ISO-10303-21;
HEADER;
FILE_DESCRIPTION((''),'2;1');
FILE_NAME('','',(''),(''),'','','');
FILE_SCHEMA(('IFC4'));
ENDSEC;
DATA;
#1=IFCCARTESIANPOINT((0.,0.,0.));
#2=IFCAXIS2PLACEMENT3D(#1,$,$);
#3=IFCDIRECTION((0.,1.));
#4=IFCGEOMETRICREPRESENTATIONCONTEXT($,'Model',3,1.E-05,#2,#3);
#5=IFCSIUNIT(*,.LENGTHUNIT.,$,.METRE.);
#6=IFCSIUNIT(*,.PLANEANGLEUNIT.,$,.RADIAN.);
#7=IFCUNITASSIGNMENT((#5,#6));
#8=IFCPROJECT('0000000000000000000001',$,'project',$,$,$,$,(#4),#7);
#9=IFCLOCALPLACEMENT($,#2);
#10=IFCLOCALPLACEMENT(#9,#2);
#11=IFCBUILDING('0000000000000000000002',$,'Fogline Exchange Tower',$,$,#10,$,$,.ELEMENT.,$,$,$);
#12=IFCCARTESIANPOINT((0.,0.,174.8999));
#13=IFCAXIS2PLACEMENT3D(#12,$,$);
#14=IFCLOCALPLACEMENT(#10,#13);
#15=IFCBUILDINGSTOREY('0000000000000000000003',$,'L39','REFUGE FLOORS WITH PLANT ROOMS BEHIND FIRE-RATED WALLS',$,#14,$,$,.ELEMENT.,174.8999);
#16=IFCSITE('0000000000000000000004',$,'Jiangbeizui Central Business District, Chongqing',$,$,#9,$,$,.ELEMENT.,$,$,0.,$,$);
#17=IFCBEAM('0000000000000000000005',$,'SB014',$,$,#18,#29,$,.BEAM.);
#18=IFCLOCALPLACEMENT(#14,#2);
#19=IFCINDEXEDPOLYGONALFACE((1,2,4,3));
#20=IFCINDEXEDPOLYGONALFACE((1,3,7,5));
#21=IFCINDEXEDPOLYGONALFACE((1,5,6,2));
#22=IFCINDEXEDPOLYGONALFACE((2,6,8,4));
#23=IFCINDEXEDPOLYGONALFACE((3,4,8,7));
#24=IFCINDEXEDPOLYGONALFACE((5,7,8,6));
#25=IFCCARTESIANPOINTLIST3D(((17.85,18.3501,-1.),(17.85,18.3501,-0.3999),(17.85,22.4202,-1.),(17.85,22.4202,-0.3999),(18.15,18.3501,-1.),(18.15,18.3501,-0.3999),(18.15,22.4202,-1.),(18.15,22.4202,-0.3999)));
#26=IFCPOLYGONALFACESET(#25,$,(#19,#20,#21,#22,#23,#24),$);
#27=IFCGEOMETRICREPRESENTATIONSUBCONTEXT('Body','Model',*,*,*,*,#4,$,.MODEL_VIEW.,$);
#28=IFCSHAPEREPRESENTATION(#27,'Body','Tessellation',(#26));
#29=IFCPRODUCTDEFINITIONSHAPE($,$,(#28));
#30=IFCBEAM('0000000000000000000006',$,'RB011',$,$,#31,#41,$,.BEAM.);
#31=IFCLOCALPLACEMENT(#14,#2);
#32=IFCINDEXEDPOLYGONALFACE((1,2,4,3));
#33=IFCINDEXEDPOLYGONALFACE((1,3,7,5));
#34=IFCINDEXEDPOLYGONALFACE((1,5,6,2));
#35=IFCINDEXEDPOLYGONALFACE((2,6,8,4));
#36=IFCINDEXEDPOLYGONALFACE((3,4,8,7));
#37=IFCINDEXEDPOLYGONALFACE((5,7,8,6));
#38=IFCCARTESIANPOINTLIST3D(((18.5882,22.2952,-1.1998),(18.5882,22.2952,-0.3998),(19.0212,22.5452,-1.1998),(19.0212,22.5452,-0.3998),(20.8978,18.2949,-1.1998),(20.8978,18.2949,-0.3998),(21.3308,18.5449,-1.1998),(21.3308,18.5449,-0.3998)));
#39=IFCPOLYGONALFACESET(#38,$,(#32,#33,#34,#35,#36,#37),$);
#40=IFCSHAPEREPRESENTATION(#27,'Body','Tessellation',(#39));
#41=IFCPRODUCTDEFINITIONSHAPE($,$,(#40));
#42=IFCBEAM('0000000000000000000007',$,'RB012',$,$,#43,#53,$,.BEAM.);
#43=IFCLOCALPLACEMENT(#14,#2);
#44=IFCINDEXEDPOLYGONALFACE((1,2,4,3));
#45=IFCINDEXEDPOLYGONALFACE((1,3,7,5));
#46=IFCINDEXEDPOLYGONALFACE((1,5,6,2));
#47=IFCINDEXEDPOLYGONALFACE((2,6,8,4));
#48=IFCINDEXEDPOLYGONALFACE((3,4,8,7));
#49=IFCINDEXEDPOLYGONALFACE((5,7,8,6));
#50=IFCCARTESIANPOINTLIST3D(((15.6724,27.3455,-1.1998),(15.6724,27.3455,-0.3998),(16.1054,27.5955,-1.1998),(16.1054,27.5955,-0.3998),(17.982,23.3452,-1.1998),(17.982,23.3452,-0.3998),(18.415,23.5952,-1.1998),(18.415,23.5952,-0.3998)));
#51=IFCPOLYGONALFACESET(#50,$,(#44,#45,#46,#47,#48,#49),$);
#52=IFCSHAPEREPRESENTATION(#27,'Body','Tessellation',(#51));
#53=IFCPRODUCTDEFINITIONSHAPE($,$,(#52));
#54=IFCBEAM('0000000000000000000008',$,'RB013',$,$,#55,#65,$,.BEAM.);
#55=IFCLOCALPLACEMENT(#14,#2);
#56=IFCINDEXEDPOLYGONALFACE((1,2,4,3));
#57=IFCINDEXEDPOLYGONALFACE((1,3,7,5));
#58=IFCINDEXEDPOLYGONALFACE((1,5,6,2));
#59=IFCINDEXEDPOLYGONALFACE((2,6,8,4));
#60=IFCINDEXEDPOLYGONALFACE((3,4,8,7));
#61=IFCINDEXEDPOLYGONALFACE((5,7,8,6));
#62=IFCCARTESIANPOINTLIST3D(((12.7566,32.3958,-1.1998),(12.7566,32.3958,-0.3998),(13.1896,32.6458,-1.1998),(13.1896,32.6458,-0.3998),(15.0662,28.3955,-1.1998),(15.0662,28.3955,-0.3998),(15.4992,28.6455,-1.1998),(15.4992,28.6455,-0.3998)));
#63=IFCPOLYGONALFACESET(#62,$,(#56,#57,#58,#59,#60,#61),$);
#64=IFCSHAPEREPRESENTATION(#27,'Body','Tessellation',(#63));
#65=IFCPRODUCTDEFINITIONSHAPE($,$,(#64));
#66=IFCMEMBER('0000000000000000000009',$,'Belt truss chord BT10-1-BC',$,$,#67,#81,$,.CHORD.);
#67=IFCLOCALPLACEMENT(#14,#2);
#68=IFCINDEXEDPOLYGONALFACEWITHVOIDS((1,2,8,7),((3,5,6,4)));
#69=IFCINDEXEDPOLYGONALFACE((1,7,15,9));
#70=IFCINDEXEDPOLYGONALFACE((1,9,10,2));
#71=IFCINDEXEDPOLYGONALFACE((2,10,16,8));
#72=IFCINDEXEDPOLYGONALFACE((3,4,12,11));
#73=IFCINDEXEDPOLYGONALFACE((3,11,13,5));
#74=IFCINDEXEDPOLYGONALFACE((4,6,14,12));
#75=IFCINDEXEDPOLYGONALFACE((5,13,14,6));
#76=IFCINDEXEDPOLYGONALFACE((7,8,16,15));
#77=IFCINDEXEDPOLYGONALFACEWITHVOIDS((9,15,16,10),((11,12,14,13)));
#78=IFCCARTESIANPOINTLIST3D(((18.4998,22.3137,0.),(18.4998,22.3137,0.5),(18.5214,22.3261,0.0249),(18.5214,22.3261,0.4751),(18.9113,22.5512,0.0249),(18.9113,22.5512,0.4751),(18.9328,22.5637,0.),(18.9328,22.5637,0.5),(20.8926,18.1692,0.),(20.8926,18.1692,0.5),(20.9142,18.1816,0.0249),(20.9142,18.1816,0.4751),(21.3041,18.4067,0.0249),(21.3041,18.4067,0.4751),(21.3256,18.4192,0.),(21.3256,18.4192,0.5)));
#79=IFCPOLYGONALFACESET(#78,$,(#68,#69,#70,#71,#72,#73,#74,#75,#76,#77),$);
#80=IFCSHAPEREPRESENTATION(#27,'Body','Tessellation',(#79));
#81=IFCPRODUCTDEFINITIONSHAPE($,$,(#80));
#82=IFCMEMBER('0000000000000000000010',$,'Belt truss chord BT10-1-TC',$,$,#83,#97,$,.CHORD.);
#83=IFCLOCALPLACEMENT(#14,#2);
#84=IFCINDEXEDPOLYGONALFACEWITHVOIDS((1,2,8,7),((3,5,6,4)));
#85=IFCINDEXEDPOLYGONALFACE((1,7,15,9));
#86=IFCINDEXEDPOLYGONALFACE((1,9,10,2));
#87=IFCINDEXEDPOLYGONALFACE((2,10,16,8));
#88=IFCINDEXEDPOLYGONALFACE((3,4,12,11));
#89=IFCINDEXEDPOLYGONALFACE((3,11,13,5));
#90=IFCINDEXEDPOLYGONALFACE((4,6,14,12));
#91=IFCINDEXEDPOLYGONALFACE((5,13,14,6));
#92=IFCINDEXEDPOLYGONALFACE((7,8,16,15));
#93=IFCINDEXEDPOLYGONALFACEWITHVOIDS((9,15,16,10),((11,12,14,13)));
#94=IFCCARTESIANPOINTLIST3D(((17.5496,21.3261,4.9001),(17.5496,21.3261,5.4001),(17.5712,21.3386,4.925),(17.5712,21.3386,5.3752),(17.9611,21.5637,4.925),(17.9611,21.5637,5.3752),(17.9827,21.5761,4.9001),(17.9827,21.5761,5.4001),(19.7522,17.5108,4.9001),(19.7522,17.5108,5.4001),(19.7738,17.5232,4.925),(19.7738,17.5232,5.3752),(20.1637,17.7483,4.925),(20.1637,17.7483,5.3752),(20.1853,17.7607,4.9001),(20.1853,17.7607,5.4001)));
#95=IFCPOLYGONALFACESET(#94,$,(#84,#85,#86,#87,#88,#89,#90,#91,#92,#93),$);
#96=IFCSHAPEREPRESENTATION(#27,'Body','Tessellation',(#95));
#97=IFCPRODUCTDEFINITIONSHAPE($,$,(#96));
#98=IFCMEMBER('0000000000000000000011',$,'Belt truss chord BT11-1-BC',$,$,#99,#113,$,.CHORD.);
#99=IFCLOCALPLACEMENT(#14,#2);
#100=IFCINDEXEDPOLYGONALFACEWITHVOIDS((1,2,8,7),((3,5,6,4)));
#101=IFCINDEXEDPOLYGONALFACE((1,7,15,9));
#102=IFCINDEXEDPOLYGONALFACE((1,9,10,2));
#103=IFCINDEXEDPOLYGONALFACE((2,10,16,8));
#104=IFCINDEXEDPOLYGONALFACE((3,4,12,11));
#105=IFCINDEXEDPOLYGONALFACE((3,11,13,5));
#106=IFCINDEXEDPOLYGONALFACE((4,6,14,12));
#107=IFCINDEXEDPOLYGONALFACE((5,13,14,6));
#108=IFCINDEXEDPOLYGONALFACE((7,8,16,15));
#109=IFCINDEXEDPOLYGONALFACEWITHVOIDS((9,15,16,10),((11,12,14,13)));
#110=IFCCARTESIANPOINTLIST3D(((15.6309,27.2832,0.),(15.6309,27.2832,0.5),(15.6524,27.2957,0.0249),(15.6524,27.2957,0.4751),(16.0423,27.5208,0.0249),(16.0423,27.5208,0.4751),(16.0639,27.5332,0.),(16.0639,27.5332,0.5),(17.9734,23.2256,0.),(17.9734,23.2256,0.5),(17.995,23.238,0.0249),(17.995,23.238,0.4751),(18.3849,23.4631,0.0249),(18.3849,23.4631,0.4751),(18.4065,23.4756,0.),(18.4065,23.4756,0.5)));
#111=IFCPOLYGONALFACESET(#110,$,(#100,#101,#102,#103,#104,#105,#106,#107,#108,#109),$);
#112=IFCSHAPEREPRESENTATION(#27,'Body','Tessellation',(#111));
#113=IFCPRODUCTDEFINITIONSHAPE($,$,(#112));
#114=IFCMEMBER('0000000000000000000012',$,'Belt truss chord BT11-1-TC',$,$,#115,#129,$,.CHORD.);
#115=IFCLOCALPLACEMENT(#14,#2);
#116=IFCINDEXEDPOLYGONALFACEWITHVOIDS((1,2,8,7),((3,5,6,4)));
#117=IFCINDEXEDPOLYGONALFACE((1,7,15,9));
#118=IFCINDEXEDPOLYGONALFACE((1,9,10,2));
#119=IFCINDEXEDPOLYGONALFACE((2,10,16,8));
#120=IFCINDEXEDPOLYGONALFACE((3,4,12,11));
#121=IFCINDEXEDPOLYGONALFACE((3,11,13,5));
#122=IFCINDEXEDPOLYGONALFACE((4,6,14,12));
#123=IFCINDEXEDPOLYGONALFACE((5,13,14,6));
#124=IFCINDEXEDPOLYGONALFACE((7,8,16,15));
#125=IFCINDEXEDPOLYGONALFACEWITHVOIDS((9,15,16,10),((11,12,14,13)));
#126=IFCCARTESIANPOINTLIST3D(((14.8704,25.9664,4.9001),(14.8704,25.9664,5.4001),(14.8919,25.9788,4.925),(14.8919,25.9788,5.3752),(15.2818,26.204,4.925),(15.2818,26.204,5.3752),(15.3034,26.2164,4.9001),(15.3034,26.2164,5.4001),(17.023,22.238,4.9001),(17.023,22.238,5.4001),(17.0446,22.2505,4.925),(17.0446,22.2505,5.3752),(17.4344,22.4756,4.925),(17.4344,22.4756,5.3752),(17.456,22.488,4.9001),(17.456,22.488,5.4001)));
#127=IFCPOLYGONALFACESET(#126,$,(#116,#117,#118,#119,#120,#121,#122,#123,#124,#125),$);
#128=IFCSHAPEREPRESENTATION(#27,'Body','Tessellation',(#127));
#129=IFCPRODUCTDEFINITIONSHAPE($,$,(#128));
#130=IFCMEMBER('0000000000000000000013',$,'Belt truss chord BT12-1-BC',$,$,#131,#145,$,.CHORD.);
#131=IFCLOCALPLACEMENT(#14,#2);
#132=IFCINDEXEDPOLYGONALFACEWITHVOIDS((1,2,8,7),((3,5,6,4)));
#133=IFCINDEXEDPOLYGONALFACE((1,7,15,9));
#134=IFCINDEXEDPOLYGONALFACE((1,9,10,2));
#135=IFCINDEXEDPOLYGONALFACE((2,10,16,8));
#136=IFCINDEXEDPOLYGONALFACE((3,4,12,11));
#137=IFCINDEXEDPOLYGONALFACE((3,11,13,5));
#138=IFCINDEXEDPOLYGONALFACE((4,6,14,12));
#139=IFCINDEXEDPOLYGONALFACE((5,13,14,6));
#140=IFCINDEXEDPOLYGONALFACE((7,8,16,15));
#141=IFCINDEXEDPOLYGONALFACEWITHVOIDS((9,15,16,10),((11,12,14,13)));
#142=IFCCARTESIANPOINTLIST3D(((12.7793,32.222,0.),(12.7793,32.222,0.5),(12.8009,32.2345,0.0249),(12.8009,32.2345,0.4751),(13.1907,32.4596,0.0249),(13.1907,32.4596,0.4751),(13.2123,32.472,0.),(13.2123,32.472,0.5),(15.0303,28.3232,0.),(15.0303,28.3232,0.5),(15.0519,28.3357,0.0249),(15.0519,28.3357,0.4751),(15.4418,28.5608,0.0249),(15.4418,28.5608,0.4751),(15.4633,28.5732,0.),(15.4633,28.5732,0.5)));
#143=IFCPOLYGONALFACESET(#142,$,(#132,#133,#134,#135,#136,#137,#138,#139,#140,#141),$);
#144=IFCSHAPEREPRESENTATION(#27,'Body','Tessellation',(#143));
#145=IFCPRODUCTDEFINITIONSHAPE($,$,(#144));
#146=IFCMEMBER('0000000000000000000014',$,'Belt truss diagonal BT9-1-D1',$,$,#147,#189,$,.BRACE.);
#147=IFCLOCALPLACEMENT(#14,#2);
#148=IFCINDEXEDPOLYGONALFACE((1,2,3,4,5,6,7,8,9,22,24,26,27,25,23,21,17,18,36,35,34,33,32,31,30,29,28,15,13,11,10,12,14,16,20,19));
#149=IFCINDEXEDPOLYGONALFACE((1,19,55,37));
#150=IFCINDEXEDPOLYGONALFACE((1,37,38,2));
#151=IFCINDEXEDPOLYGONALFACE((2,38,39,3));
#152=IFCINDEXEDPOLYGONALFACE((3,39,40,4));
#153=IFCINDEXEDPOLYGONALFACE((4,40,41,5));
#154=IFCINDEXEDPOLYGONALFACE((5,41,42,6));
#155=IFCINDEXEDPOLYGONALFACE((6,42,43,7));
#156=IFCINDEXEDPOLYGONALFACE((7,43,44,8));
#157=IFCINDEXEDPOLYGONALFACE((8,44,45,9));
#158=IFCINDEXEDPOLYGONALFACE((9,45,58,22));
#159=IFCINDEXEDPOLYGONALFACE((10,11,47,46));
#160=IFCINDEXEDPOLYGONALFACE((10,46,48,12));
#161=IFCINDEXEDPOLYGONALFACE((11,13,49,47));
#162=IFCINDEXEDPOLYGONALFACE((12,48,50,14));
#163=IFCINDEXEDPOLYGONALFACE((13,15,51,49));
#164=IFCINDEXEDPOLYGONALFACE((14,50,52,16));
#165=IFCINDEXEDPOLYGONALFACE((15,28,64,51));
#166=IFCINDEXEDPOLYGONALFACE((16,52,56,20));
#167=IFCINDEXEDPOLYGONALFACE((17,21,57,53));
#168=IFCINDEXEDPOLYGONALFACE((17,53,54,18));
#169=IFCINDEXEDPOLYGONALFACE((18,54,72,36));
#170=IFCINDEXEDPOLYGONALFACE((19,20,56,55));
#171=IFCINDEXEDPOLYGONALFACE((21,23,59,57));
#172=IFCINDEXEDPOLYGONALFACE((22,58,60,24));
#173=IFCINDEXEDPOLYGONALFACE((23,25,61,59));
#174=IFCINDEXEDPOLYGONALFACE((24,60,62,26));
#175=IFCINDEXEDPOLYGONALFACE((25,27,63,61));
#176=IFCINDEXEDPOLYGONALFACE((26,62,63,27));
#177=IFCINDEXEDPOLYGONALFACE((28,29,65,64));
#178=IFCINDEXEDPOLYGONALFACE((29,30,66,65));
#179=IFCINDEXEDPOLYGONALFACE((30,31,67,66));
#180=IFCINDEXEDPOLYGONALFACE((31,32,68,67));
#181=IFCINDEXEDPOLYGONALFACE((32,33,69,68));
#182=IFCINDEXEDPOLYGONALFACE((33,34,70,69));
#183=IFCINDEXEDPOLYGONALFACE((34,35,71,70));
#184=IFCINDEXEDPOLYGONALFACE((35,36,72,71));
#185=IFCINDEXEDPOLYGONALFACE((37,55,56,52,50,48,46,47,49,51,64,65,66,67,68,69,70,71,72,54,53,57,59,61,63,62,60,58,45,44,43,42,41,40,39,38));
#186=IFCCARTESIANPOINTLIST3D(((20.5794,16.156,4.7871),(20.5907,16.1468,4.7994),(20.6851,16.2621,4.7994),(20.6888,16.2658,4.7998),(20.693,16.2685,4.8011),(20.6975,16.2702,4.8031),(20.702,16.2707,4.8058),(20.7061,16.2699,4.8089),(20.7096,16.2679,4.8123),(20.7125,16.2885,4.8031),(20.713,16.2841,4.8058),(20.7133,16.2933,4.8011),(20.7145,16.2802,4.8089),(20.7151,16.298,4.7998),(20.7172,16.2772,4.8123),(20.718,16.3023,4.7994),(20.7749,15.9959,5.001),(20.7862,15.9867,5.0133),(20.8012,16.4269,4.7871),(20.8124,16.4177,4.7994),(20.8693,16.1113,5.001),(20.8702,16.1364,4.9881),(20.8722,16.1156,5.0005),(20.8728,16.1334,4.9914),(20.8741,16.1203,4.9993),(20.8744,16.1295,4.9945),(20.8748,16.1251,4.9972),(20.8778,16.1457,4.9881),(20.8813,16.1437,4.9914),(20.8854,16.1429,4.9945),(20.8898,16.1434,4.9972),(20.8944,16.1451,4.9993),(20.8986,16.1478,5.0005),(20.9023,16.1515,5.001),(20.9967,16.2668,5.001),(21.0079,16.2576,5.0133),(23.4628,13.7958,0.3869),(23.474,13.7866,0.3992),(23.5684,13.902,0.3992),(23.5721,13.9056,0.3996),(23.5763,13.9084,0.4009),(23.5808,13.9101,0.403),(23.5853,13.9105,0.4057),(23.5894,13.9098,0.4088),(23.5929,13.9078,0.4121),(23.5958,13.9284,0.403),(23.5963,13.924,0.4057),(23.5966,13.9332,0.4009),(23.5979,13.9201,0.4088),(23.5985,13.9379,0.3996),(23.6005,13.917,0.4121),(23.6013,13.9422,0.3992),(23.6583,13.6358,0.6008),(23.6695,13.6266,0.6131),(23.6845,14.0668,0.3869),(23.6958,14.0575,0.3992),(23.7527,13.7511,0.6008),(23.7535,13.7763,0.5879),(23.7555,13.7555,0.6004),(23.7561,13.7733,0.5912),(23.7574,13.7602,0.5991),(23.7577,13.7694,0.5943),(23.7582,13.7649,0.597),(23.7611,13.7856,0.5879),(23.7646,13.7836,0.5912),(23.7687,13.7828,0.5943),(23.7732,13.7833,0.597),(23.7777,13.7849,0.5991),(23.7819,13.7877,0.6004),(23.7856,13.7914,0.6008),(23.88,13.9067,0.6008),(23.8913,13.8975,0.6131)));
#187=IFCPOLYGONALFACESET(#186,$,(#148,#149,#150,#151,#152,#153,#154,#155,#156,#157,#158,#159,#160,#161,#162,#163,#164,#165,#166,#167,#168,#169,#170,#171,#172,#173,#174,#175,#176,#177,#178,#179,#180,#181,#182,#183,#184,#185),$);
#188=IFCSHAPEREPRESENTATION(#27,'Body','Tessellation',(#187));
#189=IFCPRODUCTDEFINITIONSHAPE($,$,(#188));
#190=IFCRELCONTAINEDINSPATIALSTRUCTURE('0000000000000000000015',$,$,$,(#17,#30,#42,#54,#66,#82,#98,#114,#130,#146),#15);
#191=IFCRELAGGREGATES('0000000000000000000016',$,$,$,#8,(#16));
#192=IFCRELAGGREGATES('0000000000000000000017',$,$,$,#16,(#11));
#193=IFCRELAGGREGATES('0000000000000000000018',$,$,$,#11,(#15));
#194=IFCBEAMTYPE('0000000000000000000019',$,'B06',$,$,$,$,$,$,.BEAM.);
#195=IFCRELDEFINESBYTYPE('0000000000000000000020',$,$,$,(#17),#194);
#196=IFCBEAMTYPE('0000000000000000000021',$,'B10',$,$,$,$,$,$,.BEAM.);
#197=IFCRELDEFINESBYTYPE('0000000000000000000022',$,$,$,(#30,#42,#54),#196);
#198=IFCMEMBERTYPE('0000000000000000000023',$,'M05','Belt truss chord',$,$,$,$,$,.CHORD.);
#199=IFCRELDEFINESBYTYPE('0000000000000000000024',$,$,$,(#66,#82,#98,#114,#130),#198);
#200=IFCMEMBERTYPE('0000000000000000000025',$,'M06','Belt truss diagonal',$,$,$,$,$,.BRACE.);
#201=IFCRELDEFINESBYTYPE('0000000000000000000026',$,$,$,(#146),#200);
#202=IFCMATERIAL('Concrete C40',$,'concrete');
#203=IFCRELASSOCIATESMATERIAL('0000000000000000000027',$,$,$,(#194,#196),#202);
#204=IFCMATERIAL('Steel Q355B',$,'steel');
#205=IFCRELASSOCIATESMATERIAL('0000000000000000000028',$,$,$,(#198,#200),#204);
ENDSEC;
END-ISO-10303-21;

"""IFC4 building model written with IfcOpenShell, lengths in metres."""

from ifc_helpers import new_model, si_unit, direction, frame, origin, origin_2d, place, context, subcontext, project, spatial, rectangle, hollow_rectangle, i_section, extrude, material, material_profile, profile_set, type_object, element, save


model = new_model("IFC4")

# Units and contexts
model_context = context("Model", 3, precision=1e-05, world=origin(), true_north=direction((0.0, 1.0)))
body_context = subcontext(model_context, "Body", "Model", "MODEL_VIEW")
ifc_project = project(units=[si_unit("LENGTHUNIT", "METRE"), si_unit("PLANEANGLEUNIT", "RADIAN")], contexts=[model_context])

# Site, building, storey
site_placement = place(None, origin())
site = spatial("IfcSite", under=ifc_project, at=site_placement, Name="Jiangbeizui Central Business District, Chongqing", CompositionType="ELEMENT", RefElevation=0.0)
building_placement = place(site_placement, origin())
building = spatial("IfcBuilding", under=site, at=building_placement, Name="Fogline Exchange Tower", CompositionType="ELEMENT")
storey_placement = place(building_placement, frame((0.0, 0.0, 174.8999)))
storey = spatial("IfcBuildingStorey", under=building, at=storey_placement, Name="L39", Description="REFUGE FLOORS WITH PLANT ROOMS BEHIND FIRE-RATED WALLS", CompositionType="ELEMENT", Elevation=174.8999)

# Beams
ifc_material_1 = material(Name="Concrete C40", Category="concrete")
ifc_material_profile_1 = material_profile(ifc_material_1, rectangle(XDim=0.3, YDim=0.6001, at=origin_2d()), Name="RC 300x600")
ifc_profile_set_1 = profile_set([ifc_material_profile_1], Name="Concrete C40")
beam_type_1 = type_object("IfcBeamType", Name="B06", PredefinedType="BEAM", material=ifc_profile_set_1)
beam_placement = place(storey_placement, frame((18.0, 18.3501, -0.7), z_axis=(0.0, 1.0, 0.0), x_axis=(-1.0, 0.0, 0.0)))
element("IfcBeam", 1, at=beam_placement, inside=storey, type_object=beam_type_1, Name="SB014", PredefinedType="BEAM", context=body_context, shape_type="SweptSolid", body=[
    extrude(rectangle(XDim=0.3, YDim=0.6001, at=origin_2d()), origin(), (0.0, 0.0, 1.0), 4.0701),
])
ifc_material_profile_2 = material_profile(ifc_material_1, rectangle(XDim=0.5, YDim=0.8, at=origin_2d()), Name="RC 500x800")
ifc_profile_set_2 = profile_set([ifc_material_profile_2], Name="Concrete C40")
beam_type_2 = type_object("IfcBeamType", Name="B10", PredefinedType="BEAM", material=ifc_profile_set_2)
for number, where, z_axis, x_axis, name in (
    (2, (21.1143, 18.4199, -0.7998), (-0.500005, 0.866023, 0.0), (-0.866023, -0.500005, 0.0), "RB011"),
    (3, (18.1985, 23.4702, -0.7998), (-0.500005, 0.866023, 0.0), (-0.866023, -0.500005, 0.0), "RB012"),
    (4, (15.2827, 28.5205, -0.7998), (-0.500005, 0.866023, 0.0), (-0.866023, -0.500005, 0.0), "RB013"),
):
    element("IfcBeam", number, at=place(storey_placement, frame(where, z_axis=z_axis, x_axis=x_axis)), inside=storey, type_object=beam_type_2, Name=name, PredefinedType="BEAM", context=body_context, shape_type="SweptSolid", body=[
        extrude(rectangle(XDim=0.5, YDim=0.8, at=origin_2d()), origin(), (0.0, 0.0, 1.0), 4.6191),
    ])

# Members
ifc_material_2 = material(Name="Steel Q355B", Category="steel")
ifc_material_profile_3 = material_profile(ifc_material_2, hollow_rectangle(XDim=0.5, YDim=0.5, WallThickness=0.0249, at=origin_2d()), Name="BOX500X500X25")
ifc_profile_set_3 = profile_set([ifc_material_profile_3], Name="Steel Q355B")
member_type_1 = type_object("IfcMemberType", Name="M05", Description="Belt truss chord", PredefinedType="CHORD", material=ifc_profile_set_3)
member_1_placement = place(storey_placement, frame((21.1091, 18.2942, 0.25), z_axis=(-0.499996, 0.866028, 0.0), x_axis=(-0.866028, -0.499996, 0.0)))
element("IfcMember", 5, at=member_1_placement, inside=storey, type_object=member_type_1, Name="Belt truss chord BT10-1-BC", PredefinedType="CHORD", context=body_context, shape_type="SweptSolid", body=[
    extrude(hollow_rectangle(XDim=0.5, YDim=0.5, WallThickness=0.0249, at=origin_2d()), origin(), (0.0, 0.0, 1.0), 4.7856),
])
member_2_placement = place(storey_placement, frame((19.9688, 17.6357, 5.1501), z_axis=(-0.499966, 0.866045, 0.0), x_axis=(-0.866045, -0.499966, 0.0)))
element("IfcMember", 6, at=member_2_placement, inside=storey, type_object=member_type_1, Name="Belt truss chord BT10-1-TC", PredefinedType="CHORD", context=body_context, shape_type="SweptSolid", body=[
    extrude(hollow_rectangle(XDim=0.5, YDim=0.5, WallThickness=0.0249, at=origin_2d()), origin(), (0.0, 0.0, 1.0), 4.4055),
])
member_3_placement = place(storey_placement, frame((18.1899, 23.3506, 0.25), z_axis=(-0.499978, 0.866038, 0.0), x_axis=(-0.866038, -0.499978, 0.0)))
element("IfcMember", 7, at=member_3_placement, inside=storey, type_object=member_type_1, Name="Belt truss chord BT11-1-BC", PredefinedType="CHORD", context=body_context, shape_type="SweptSolid", body=[
    extrude(hollow_rectangle(XDim=0.5, YDim=0.5, WallThickness=0.0249, at=origin_2d()), origin(), (0.0, 0.0, 1.0), 4.6853),
])
member_4_placement = place(storey_placement, frame((17.2395, 22.363, 5.1501), z_axis=(-0.500012, 0.866018, 0.0), x_axis=(-0.866018, -0.500012, 0.0)))
element("IfcMember", 8, at=member_4_placement, inside=storey, type_object=member_type_1, Name="Belt truss chord BT11-1-TC", PredefinedType="CHORD", context=body_context, shape_type="SweptSolid", body=[
    extrude(hollow_rectangle(XDim=0.5, YDim=0.5, WallThickness=0.0249, at=origin_2d()), origin(), (0.0, 0.0, 1.0), 4.3052),
])
member_5_placement = place(storey_placement, frame((15.2468, 28.4482, 0.25), z_axis=(-0.500012, 0.866019, 0.0), x_axis=(-0.866019, -0.500012, 0.0)))
element("IfcMember", 9, at=member_5_placement, inside=storey, type_object=member_type_1, Name="Belt truss chord BT12-1-BC", PredefinedType="CHORD", context=body_context, shape_type="SweptSolid", body=[
    extrude(hollow_rectangle(XDim=0.5, YDim=0.5, WallThickness=0.0249, at=origin_2d()), origin(), (0.0, 0.0, 1.0), 4.502),
])
ifc_material_profile_4 = material_profile(ifc_material_2, i_section(OverallWidth=0.3501, OverallDepth=0.3501, WebThickness=0.012, FlangeThickness=0.019, FilletRadius=0.02, at=origin_2d()), Name="HW350X350X12X19")
ifc_profile_set_4 = profile_set([ifc_material_profile_4], Name="Steel Q355B")
member_type_2 = type_object("IfcMemberType", Name="M06", Description="Belt truss diagonal", PredefinedType="BRACE", material=ifc_profile_set_4)
member_6_placement = place(storey_placement, frame((23.677, 13.8467, 0.5), z_axis=(-0.500067, 0.409326, 0.763142), x_axis=(-0.633405, -0.77382, 0.0)))
element("IfcMember", 10, at=member_6_placement, inside=storey, type_object=member_type_2, Name="Belt truss diagonal BT9-1-D1", PredefinedType="BRACE", context=body_context, shape_type="SweptSolid", body=[
    extrude(i_section(OverallWidth=0.3501, OverallDepth=0.3501, WebThickness=0.012, FlangeThickness=0.019, FilletRadius=0.02, at=origin_2d()), origin(), (0.0, 0.0, 1.0), 5.7659),
])

save(model, "model.ifc")
